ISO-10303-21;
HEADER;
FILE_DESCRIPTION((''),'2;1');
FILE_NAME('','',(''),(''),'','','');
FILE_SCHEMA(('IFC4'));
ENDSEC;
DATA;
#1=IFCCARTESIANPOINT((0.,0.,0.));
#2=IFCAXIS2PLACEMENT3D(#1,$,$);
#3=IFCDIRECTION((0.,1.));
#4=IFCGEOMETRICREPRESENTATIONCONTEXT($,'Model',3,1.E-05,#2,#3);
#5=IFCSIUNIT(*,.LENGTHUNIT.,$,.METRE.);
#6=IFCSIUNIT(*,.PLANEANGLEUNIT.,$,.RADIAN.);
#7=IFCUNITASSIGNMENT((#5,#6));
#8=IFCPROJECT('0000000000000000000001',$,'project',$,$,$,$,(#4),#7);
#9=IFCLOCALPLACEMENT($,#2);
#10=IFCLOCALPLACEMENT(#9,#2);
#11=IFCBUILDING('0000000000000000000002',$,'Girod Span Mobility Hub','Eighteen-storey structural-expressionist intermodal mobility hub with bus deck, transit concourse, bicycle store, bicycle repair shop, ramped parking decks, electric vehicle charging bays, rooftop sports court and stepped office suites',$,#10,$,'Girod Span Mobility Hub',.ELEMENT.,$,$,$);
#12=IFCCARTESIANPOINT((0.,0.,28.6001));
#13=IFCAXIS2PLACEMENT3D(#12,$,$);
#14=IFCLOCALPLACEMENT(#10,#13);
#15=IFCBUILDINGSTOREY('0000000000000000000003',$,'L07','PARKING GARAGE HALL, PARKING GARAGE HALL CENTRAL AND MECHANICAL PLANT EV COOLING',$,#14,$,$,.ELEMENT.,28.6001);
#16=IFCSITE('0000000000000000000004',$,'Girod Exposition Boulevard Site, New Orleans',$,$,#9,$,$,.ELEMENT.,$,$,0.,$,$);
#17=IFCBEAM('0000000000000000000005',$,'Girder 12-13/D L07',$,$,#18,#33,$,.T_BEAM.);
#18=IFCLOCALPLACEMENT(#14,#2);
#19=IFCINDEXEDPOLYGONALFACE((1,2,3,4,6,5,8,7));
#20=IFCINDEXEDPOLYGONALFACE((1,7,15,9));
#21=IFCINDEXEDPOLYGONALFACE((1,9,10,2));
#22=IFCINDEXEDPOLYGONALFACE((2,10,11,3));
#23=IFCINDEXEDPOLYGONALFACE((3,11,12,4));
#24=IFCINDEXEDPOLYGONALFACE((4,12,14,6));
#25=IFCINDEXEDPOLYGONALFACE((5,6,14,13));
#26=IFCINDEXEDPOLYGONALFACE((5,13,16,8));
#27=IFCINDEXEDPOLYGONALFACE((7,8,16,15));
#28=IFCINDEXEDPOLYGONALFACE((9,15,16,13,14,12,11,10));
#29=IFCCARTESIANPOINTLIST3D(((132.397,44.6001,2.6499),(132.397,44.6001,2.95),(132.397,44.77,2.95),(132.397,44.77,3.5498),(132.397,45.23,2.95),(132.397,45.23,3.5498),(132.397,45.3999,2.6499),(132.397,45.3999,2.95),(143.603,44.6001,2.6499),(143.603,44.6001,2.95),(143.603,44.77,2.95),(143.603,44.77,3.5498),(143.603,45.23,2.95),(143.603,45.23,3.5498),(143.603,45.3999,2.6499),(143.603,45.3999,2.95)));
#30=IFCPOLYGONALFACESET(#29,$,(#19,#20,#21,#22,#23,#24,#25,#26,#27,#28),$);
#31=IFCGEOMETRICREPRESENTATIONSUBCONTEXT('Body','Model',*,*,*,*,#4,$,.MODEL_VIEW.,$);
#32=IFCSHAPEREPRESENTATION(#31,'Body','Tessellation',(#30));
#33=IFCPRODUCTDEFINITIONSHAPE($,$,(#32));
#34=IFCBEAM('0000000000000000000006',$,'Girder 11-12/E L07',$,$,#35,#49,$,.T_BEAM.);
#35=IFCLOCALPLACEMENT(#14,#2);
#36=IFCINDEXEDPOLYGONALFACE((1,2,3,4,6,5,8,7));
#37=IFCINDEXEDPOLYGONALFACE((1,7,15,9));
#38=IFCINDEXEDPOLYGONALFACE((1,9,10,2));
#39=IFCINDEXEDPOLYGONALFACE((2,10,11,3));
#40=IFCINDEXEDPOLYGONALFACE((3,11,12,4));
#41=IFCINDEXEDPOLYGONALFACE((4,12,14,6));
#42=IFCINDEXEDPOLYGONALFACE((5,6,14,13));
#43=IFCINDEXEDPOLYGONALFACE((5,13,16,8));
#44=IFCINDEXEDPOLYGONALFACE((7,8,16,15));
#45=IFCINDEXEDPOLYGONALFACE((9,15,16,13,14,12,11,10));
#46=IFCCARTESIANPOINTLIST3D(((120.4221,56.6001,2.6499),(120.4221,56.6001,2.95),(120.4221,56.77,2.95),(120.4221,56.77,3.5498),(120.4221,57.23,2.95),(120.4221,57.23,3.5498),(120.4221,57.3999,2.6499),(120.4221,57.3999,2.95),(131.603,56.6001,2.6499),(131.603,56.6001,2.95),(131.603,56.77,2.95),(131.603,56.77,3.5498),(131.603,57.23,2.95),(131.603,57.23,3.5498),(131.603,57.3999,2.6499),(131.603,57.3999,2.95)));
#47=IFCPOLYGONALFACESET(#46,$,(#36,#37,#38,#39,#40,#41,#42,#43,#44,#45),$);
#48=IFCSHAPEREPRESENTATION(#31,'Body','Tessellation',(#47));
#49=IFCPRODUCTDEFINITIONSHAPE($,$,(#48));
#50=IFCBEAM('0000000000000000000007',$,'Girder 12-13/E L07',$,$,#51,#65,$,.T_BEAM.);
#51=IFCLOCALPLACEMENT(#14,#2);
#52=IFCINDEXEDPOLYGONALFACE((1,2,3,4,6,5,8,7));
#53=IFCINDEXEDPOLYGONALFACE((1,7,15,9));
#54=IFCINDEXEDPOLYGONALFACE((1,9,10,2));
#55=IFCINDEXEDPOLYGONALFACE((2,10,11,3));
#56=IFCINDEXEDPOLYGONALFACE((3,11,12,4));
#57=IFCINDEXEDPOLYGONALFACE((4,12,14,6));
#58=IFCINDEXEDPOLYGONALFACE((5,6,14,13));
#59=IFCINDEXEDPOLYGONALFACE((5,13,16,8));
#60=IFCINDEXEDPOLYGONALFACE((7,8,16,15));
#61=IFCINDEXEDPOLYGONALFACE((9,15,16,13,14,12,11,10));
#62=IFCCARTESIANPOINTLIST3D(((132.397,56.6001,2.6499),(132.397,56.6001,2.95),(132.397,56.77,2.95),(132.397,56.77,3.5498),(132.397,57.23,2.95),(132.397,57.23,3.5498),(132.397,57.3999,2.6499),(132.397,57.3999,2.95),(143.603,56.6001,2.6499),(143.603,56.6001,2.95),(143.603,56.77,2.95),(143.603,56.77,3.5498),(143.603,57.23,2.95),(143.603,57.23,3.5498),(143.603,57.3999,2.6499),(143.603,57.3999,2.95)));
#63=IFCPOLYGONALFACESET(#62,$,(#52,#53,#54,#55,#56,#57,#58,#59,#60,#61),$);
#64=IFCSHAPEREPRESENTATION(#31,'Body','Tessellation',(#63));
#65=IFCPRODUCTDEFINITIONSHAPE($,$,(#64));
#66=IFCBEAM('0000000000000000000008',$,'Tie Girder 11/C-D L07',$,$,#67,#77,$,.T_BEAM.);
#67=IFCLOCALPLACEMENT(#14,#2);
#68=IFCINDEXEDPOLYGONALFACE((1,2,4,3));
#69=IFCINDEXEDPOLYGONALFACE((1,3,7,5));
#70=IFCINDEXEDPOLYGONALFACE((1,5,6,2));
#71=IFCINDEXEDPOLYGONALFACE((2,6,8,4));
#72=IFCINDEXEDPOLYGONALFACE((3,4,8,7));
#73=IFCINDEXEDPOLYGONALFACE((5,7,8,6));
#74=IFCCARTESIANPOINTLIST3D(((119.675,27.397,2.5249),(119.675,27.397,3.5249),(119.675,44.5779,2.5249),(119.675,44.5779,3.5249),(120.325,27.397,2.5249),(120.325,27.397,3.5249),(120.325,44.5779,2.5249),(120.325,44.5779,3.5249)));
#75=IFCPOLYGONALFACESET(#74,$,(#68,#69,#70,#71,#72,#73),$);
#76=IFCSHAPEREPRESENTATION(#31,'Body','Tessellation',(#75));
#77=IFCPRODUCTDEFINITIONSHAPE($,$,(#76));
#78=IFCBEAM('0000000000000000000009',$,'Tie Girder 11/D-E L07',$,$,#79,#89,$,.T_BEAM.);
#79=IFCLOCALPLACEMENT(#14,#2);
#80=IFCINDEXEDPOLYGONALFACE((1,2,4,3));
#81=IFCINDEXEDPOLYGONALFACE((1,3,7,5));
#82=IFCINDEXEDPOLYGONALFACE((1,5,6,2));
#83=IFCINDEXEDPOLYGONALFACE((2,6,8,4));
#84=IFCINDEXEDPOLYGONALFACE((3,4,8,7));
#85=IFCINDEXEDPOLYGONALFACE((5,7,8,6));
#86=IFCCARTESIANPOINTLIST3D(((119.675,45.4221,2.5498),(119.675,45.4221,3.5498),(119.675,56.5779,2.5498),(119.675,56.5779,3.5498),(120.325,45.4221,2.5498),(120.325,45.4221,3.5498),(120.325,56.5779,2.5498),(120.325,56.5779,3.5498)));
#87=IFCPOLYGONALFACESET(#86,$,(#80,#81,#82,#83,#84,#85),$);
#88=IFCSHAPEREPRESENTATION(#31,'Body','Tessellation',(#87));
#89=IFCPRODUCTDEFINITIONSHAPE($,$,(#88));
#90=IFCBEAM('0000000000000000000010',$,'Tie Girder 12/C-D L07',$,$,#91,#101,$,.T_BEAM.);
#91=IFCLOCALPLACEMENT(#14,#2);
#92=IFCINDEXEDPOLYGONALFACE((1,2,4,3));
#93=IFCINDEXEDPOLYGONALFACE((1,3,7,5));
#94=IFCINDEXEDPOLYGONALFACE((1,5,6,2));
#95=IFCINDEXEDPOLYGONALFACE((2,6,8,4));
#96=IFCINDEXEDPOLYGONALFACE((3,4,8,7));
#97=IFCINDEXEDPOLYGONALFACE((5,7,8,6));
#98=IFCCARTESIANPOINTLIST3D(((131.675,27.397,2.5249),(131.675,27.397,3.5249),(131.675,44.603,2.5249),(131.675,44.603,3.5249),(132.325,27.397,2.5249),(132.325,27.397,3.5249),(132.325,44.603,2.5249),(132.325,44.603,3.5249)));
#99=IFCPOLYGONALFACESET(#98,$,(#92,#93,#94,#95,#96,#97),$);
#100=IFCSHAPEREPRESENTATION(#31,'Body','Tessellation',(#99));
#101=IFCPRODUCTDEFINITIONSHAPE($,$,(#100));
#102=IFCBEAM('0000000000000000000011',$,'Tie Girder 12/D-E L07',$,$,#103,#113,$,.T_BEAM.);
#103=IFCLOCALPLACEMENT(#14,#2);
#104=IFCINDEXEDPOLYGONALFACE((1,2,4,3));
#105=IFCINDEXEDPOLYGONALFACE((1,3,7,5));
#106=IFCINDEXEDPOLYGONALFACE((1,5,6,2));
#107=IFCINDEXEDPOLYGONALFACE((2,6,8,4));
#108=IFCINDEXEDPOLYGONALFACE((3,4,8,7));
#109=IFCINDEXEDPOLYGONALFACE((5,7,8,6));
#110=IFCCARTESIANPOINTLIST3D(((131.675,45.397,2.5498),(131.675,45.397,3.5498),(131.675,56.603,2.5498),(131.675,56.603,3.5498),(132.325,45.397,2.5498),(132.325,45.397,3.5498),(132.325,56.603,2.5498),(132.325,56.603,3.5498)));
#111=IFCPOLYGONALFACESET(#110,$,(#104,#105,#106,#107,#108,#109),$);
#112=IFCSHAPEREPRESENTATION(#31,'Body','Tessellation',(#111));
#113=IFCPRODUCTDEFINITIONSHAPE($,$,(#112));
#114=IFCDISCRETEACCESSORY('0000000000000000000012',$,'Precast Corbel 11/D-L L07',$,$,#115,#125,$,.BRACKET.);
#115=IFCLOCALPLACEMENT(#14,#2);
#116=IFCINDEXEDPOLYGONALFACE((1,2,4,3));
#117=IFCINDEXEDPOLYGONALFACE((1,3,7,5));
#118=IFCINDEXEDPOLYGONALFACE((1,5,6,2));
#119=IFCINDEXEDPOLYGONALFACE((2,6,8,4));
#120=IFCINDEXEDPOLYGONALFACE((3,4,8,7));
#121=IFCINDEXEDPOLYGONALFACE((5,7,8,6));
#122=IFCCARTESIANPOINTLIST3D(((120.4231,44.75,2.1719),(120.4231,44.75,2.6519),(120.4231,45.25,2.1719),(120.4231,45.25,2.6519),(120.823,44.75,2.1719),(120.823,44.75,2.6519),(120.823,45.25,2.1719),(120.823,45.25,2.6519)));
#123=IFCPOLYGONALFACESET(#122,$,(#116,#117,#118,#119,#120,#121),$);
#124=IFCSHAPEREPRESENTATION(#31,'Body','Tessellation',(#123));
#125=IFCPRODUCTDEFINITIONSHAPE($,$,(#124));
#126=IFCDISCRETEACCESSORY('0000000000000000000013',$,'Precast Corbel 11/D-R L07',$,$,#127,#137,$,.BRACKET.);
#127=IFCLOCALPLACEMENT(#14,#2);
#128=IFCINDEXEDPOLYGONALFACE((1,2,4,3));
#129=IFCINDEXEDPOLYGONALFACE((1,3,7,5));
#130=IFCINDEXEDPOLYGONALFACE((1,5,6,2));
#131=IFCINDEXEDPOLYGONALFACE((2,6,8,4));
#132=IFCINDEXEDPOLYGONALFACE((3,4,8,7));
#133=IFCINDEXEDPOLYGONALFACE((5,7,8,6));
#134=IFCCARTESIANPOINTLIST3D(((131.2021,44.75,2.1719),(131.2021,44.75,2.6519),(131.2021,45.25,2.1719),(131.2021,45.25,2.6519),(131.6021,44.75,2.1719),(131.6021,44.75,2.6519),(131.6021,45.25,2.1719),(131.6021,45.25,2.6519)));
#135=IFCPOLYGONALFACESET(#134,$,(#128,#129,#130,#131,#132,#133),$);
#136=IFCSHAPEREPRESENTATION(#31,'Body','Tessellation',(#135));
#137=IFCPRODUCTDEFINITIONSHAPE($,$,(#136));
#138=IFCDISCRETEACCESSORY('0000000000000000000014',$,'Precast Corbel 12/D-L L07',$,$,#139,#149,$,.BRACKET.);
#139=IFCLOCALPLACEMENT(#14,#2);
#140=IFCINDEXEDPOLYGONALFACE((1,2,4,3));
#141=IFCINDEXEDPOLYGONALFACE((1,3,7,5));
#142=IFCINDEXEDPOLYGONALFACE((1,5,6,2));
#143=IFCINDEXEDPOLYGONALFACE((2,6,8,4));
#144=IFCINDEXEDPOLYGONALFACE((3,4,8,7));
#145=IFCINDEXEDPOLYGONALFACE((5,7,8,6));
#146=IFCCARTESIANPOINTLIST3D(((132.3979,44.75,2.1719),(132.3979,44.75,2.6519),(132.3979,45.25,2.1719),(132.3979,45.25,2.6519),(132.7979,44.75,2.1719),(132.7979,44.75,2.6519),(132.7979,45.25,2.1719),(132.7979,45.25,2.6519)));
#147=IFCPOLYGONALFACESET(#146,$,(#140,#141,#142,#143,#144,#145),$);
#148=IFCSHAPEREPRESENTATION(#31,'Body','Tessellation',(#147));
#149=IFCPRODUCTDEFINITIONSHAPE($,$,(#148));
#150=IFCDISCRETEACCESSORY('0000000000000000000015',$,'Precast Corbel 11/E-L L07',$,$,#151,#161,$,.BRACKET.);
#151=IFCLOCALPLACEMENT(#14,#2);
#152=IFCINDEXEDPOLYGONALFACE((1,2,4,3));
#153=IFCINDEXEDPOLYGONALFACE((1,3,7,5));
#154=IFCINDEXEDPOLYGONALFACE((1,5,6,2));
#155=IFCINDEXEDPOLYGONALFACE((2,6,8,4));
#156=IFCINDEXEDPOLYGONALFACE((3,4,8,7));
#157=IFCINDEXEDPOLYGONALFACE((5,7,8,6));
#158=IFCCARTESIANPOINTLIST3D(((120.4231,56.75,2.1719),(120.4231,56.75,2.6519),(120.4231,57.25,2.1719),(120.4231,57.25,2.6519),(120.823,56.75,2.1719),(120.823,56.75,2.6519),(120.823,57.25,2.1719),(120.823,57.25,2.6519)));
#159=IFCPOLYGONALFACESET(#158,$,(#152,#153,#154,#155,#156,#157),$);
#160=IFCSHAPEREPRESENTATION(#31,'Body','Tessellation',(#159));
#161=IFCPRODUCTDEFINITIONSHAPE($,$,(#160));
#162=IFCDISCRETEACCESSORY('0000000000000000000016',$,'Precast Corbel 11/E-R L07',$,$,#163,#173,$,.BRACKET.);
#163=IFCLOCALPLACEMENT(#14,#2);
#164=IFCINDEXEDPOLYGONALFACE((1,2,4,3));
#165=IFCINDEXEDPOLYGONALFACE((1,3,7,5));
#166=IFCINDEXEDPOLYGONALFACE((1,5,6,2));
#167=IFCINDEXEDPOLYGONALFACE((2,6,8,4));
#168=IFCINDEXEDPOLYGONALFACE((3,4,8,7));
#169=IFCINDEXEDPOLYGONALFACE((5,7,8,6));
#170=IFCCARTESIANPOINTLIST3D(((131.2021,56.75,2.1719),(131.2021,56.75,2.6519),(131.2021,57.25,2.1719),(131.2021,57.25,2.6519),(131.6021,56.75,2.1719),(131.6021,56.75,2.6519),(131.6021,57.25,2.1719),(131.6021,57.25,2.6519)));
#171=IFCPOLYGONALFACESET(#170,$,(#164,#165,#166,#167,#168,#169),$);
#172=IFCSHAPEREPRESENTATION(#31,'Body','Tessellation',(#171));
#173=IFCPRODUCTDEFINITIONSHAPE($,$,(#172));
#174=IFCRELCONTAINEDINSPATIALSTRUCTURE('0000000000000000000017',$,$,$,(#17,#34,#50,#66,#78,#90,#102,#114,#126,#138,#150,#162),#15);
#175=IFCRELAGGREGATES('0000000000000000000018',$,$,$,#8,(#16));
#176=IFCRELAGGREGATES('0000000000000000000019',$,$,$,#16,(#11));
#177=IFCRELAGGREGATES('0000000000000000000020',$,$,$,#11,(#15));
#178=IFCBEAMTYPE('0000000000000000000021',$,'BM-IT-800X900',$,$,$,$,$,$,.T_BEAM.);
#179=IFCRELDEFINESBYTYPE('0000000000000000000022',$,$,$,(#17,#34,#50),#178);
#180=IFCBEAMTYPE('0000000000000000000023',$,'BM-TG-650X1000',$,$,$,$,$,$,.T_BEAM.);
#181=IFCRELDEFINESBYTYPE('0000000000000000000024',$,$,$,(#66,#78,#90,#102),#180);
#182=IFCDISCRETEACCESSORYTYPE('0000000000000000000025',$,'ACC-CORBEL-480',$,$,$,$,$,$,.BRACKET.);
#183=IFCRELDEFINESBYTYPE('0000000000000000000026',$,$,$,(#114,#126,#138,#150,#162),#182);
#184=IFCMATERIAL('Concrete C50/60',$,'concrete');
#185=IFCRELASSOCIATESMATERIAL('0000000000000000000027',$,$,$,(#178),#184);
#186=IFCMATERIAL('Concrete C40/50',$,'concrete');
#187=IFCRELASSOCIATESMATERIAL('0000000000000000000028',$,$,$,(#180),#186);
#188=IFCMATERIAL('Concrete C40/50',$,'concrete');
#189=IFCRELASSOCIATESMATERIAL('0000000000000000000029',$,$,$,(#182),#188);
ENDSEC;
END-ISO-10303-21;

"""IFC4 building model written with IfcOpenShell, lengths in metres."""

from ifc_helpers import new_model, si_unit, direction, frame, origin, origin_2d, place, context, subcontext, project, spatial, polyline, rectangle, outline, extrude, material, material_profile, profile_set, type_object, element, save


model = new_model("IFC4")

# Units and contexts
model_context = context("Model", 3, precision=1e-05, world=origin(), true_north=direction((0.0, 1.0)))
body_context = subcontext(model_context, "Body", "Model", "MODEL_VIEW")
ifc_project = project(units=[si_unit("LENGTHUNIT", "METRE"), si_unit("PLANEANGLEUNIT", "RADIAN")], contexts=[model_context])

# Site, building, storey
site_placement = place(None, origin())
site = spatial("IfcSite", under=ifc_project, at=site_placement, Name="Girod Exposition Boulevard Site, New Orleans", CompositionType="ELEMENT", RefElevation=0.0)
building_placement = place(site_placement, origin())
building = spatial("IfcBuilding", under=site, at=building_placement, Name="Girod Span Mobility Hub", Description="Eighteen-storey structural-expressionist intermodal mobility hub with bus deck, transit concourse, bicycle store, bicycle repair shop, ramped parking decks, electric vehicle charging bays, rooftop sports court and stepped office suites", LongName="Girod Span Mobility Hub", CompositionType="ELEMENT")
storey_placement = place(building_placement, frame((0.0, 0.0, 28.6001)))
storey = spatial("IfcBuildingStorey", under=building, at=storey_placement, Name="L07", Description="PARKING GARAGE HALL, PARKING GARAGE HALL CENTRAL AND MECHANICAL PLANT EV COOLING", CompositionType="ELEMENT", Elevation=28.6001)

# Beams
ifc_material_1 = material(Name="Concrete C50/60", Category="concrete")
ifc_material_profile_1 = material_profile(ifc_material_1, outline(polyline([(-0.3999, -0.45), (0.3999, -0.45), (0.3999, -0.1499), (0.23, -0.1499), (0.23, 0.45), (-0.23, 0.45), (-0.23, -0.1499), (-0.3999, -0.1499), (-0.3999, -0.45)])), Name="IT-800X900")
ifc_profile_set_1 = profile_set([ifc_material_profile_1], Name="Concrete C50/60")
beam_type_1 = type_object("IfcBeamType", Name="BM-IT-800X900", PredefinedType="T_BEAM", material=ifc_profile_set_1)
beam_1_placement = place(storey_placement, frame((132.397, 45.0, 3.0999), z_axis=(1.0, 0.0, 0.0), x_axis=(0.0, 1.0, 0.0)))
element("IfcBeam", 1, at=beam_1_placement, inside=storey, type_object=beam_type_1, Name="Girder 12-13/D L07", PredefinedType="T_BEAM", context=body_context, shape_type="SweptSolid", body=[
    extrude(outline(polyline([(-0.3999, -0.45), (0.3999, -0.45), (0.3999, -0.1499), (0.23, -0.1499), (0.23, 0.45), (-0.23, 0.45), (-0.23, -0.1499), (-0.3999, -0.1499), (-0.3999, -0.45)])), origin(), (0.0, 0.0, 1.0), 11.2061),
])
beam_2_placement = place(storey_placement, frame((120.4221, 57.0, 3.0999), z_axis=(1.0, 0.0, 0.0), x_axis=(0.0, 1.0, 0.0)))
element("IfcBeam", 2, at=beam_2_placement, inside=storey, type_object=beam_type_1, Name="Girder 11-12/E L07", PredefinedType="T_BEAM", context=body_context, shape_type="SweptSolid", body=[
    extrude(outline(polyline([(-0.3999, -0.45), (0.3999, -0.45), (0.3999, -0.1499), (0.23, -0.1499), (0.23, 0.45), (-0.23, 0.45), (-0.23, -0.1499), (-0.3999, -0.1499), (-0.3999, -0.45)])), origin(), (0.0, 0.0, 1.0), 11.1809),
])
beam_3_placement = place(storey_placement, frame((132.397, 57.0, 3.0999), z_axis=(1.0, 0.0, 0.0), x_axis=(0.0, 1.0, 0.0)))
element("IfcBeam", 3, at=beam_3_placement, inside=storey, type_object=beam_type_1, Name="Girder 12-13/E L07", PredefinedType="T_BEAM", context=body_context, shape_type="SweptSolid", body=[
    extrude(outline(polyline([(-0.3999, -0.45), (0.3999, -0.45), (0.3999, -0.1499), (0.23, -0.1499), (0.23, 0.45), (-0.23, 0.45), (-0.23, -0.1499), (-0.3999, -0.1499), (-0.3999, -0.45)])), origin(), (0.0, 0.0, 1.0), 11.2061),
])
ifc_material_2 = material(Name="Concrete C40/50", Category="concrete")
ifc_material_profile_2 = material_profile(ifc_material_2, rectangle(XDim=0.6499, YDim=1.0, at=origin_2d()), Name="TG-650X1000")
ifc_profile_set_2 = profile_set([ifc_material_profile_2], Name="Concrete C40/50")
beam_type_2 = type_object("IfcBeamType", Name="BM-TG-650X1000", PredefinedType="T_BEAM", material=ifc_profile_set_2)
beam_4_placement = place(storey_placement, frame((120.0, 27.397, 3.0249), z_axis=(0.0, 1.0, 0.0), x_axis=(-1.0, 0.0, 0.0)))
element("IfcBeam", 4, at=beam_4_placement, inside=storey, type_object=beam_type_2, Name="Tie Girder 11/C-D L07", PredefinedType="T_BEAM", context=body_context, shape_type="SweptSolid", body=[
    extrude(rectangle(XDim=0.6499, YDim=1.0, at=origin_2d()), origin(), (0.0, 0.0, 1.0), 17.1809),
])
beam_5_placement = place(storey_placement, frame((120.0, 45.4221, 3.0498), z_axis=(0.0, 1.0, 0.0), x_axis=(-1.0, 0.0, 0.0)))
element("IfcBeam", 5, at=beam_5_placement, inside=storey, type_object=beam_type_2, Name="Tie Girder 11/D-E L07", PredefinedType="T_BEAM", context=body_context, shape_type="SweptSolid", body=[
    extrude(rectangle(XDim=0.6499, YDim=1.0, at=origin_2d()), origin(), (0.0, 0.0, 1.0), 11.1558),
])
beam_6_placement = place(storey_placement, frame((132.0, 27.397, 3.0249), z_axis=(0.0, 1.0, 0.0), x_axis=(-1.0, 0.0, 0.0)))
element("IfcBeam", 6, at=beam_6_placement, inside=storey, type_object=beam_type_2, Name="Tie Girder 12/C-D L07", PredefinedType="T_BEAM", context=body_context, shape_type="SweptSolid", body=[
    extrude(rectangle(XDim=0.6499, YDim=1.0, at=origin_2d()), origin(), (0.0, 0.0, 1.0), 17.2061),
])
beam_7_placement = place(storey_placement, frame((132.0, 45.397, 3.0498), z_axis=(0.0, 1.0, 0.0), x_axis=(-1.0, 0.0, 0.0)))
element("IfcBeam", 7, at=beam_7_placement, inside=storey, type_object=beam_type_2, Name="Tie Girder 12/D-E L07", PredefinedType="T_BEAM", context=body_context, shape_type="SweptSolid", body=[
    extrude(rectangle(XDim=0.6499, YDim=1.0, at=origin_2d()), origin(), (0.0, 0.0, 1.0), 11.2061),
])

# Discrete accessories
ifc_material_3 = material(Name="Concrete C40/50", Category="concrete")
discrete_accessory_type = type_object("IfcDiscreteAccessoryType", Name="ACC-CORBEL-480", PredefinedType="BRACKET", material=ifc_material_3)
for number, where, z_axis, x_axis, name in (
    (8, (120.623, 45.0, 2.1719), (0.0, 0.0, 1.0), (1.0, 0.0, 0.0), "Precast Corbel 11/D-L L07"),
    (9, (131.4021, 45.0, 2.1719), (0.0, 0.0, 1.0), (1.0, 0.0, 0.0), "Precast Corbel 11/D-R L07"),
    (10, (132.5979, 45.0, 2.1719), (0.0, 0.0, 1.0), (1.0, 0.0, 0.0), "Precast Corbel 12/D-L L07"),
    (11, (120.623, 57.0, 2.1719), (0.0, 0.0, 1.0), (1.0, 0.0, 0.0), "Precast Corbel 11/E-L L07"),
    (12, (131.4021, 57.0, 2.1719), (0.0, 0.0, 1.0), (1.0, 0.0, 0.0), "Precast Corbel 11/E-R L07"),
):
    element("IfcDiscreteAccessory", number, at=place(storey_placement, frame(where, z_axis=z_axis, x_axis=x_axis)), inside=storey, type_object=discrete_accessory_type, Name=name, PredefinedType="BRACKET", context=body_context, shape_type="SweptSolid", body=[
        extrude(rectangle(XDim=0.3999, YDim=0.5, at=origin_2d()), origin(), (0.0, 0.0, 1.0), 0.48),
    ])

save(model, "model.ifc")
